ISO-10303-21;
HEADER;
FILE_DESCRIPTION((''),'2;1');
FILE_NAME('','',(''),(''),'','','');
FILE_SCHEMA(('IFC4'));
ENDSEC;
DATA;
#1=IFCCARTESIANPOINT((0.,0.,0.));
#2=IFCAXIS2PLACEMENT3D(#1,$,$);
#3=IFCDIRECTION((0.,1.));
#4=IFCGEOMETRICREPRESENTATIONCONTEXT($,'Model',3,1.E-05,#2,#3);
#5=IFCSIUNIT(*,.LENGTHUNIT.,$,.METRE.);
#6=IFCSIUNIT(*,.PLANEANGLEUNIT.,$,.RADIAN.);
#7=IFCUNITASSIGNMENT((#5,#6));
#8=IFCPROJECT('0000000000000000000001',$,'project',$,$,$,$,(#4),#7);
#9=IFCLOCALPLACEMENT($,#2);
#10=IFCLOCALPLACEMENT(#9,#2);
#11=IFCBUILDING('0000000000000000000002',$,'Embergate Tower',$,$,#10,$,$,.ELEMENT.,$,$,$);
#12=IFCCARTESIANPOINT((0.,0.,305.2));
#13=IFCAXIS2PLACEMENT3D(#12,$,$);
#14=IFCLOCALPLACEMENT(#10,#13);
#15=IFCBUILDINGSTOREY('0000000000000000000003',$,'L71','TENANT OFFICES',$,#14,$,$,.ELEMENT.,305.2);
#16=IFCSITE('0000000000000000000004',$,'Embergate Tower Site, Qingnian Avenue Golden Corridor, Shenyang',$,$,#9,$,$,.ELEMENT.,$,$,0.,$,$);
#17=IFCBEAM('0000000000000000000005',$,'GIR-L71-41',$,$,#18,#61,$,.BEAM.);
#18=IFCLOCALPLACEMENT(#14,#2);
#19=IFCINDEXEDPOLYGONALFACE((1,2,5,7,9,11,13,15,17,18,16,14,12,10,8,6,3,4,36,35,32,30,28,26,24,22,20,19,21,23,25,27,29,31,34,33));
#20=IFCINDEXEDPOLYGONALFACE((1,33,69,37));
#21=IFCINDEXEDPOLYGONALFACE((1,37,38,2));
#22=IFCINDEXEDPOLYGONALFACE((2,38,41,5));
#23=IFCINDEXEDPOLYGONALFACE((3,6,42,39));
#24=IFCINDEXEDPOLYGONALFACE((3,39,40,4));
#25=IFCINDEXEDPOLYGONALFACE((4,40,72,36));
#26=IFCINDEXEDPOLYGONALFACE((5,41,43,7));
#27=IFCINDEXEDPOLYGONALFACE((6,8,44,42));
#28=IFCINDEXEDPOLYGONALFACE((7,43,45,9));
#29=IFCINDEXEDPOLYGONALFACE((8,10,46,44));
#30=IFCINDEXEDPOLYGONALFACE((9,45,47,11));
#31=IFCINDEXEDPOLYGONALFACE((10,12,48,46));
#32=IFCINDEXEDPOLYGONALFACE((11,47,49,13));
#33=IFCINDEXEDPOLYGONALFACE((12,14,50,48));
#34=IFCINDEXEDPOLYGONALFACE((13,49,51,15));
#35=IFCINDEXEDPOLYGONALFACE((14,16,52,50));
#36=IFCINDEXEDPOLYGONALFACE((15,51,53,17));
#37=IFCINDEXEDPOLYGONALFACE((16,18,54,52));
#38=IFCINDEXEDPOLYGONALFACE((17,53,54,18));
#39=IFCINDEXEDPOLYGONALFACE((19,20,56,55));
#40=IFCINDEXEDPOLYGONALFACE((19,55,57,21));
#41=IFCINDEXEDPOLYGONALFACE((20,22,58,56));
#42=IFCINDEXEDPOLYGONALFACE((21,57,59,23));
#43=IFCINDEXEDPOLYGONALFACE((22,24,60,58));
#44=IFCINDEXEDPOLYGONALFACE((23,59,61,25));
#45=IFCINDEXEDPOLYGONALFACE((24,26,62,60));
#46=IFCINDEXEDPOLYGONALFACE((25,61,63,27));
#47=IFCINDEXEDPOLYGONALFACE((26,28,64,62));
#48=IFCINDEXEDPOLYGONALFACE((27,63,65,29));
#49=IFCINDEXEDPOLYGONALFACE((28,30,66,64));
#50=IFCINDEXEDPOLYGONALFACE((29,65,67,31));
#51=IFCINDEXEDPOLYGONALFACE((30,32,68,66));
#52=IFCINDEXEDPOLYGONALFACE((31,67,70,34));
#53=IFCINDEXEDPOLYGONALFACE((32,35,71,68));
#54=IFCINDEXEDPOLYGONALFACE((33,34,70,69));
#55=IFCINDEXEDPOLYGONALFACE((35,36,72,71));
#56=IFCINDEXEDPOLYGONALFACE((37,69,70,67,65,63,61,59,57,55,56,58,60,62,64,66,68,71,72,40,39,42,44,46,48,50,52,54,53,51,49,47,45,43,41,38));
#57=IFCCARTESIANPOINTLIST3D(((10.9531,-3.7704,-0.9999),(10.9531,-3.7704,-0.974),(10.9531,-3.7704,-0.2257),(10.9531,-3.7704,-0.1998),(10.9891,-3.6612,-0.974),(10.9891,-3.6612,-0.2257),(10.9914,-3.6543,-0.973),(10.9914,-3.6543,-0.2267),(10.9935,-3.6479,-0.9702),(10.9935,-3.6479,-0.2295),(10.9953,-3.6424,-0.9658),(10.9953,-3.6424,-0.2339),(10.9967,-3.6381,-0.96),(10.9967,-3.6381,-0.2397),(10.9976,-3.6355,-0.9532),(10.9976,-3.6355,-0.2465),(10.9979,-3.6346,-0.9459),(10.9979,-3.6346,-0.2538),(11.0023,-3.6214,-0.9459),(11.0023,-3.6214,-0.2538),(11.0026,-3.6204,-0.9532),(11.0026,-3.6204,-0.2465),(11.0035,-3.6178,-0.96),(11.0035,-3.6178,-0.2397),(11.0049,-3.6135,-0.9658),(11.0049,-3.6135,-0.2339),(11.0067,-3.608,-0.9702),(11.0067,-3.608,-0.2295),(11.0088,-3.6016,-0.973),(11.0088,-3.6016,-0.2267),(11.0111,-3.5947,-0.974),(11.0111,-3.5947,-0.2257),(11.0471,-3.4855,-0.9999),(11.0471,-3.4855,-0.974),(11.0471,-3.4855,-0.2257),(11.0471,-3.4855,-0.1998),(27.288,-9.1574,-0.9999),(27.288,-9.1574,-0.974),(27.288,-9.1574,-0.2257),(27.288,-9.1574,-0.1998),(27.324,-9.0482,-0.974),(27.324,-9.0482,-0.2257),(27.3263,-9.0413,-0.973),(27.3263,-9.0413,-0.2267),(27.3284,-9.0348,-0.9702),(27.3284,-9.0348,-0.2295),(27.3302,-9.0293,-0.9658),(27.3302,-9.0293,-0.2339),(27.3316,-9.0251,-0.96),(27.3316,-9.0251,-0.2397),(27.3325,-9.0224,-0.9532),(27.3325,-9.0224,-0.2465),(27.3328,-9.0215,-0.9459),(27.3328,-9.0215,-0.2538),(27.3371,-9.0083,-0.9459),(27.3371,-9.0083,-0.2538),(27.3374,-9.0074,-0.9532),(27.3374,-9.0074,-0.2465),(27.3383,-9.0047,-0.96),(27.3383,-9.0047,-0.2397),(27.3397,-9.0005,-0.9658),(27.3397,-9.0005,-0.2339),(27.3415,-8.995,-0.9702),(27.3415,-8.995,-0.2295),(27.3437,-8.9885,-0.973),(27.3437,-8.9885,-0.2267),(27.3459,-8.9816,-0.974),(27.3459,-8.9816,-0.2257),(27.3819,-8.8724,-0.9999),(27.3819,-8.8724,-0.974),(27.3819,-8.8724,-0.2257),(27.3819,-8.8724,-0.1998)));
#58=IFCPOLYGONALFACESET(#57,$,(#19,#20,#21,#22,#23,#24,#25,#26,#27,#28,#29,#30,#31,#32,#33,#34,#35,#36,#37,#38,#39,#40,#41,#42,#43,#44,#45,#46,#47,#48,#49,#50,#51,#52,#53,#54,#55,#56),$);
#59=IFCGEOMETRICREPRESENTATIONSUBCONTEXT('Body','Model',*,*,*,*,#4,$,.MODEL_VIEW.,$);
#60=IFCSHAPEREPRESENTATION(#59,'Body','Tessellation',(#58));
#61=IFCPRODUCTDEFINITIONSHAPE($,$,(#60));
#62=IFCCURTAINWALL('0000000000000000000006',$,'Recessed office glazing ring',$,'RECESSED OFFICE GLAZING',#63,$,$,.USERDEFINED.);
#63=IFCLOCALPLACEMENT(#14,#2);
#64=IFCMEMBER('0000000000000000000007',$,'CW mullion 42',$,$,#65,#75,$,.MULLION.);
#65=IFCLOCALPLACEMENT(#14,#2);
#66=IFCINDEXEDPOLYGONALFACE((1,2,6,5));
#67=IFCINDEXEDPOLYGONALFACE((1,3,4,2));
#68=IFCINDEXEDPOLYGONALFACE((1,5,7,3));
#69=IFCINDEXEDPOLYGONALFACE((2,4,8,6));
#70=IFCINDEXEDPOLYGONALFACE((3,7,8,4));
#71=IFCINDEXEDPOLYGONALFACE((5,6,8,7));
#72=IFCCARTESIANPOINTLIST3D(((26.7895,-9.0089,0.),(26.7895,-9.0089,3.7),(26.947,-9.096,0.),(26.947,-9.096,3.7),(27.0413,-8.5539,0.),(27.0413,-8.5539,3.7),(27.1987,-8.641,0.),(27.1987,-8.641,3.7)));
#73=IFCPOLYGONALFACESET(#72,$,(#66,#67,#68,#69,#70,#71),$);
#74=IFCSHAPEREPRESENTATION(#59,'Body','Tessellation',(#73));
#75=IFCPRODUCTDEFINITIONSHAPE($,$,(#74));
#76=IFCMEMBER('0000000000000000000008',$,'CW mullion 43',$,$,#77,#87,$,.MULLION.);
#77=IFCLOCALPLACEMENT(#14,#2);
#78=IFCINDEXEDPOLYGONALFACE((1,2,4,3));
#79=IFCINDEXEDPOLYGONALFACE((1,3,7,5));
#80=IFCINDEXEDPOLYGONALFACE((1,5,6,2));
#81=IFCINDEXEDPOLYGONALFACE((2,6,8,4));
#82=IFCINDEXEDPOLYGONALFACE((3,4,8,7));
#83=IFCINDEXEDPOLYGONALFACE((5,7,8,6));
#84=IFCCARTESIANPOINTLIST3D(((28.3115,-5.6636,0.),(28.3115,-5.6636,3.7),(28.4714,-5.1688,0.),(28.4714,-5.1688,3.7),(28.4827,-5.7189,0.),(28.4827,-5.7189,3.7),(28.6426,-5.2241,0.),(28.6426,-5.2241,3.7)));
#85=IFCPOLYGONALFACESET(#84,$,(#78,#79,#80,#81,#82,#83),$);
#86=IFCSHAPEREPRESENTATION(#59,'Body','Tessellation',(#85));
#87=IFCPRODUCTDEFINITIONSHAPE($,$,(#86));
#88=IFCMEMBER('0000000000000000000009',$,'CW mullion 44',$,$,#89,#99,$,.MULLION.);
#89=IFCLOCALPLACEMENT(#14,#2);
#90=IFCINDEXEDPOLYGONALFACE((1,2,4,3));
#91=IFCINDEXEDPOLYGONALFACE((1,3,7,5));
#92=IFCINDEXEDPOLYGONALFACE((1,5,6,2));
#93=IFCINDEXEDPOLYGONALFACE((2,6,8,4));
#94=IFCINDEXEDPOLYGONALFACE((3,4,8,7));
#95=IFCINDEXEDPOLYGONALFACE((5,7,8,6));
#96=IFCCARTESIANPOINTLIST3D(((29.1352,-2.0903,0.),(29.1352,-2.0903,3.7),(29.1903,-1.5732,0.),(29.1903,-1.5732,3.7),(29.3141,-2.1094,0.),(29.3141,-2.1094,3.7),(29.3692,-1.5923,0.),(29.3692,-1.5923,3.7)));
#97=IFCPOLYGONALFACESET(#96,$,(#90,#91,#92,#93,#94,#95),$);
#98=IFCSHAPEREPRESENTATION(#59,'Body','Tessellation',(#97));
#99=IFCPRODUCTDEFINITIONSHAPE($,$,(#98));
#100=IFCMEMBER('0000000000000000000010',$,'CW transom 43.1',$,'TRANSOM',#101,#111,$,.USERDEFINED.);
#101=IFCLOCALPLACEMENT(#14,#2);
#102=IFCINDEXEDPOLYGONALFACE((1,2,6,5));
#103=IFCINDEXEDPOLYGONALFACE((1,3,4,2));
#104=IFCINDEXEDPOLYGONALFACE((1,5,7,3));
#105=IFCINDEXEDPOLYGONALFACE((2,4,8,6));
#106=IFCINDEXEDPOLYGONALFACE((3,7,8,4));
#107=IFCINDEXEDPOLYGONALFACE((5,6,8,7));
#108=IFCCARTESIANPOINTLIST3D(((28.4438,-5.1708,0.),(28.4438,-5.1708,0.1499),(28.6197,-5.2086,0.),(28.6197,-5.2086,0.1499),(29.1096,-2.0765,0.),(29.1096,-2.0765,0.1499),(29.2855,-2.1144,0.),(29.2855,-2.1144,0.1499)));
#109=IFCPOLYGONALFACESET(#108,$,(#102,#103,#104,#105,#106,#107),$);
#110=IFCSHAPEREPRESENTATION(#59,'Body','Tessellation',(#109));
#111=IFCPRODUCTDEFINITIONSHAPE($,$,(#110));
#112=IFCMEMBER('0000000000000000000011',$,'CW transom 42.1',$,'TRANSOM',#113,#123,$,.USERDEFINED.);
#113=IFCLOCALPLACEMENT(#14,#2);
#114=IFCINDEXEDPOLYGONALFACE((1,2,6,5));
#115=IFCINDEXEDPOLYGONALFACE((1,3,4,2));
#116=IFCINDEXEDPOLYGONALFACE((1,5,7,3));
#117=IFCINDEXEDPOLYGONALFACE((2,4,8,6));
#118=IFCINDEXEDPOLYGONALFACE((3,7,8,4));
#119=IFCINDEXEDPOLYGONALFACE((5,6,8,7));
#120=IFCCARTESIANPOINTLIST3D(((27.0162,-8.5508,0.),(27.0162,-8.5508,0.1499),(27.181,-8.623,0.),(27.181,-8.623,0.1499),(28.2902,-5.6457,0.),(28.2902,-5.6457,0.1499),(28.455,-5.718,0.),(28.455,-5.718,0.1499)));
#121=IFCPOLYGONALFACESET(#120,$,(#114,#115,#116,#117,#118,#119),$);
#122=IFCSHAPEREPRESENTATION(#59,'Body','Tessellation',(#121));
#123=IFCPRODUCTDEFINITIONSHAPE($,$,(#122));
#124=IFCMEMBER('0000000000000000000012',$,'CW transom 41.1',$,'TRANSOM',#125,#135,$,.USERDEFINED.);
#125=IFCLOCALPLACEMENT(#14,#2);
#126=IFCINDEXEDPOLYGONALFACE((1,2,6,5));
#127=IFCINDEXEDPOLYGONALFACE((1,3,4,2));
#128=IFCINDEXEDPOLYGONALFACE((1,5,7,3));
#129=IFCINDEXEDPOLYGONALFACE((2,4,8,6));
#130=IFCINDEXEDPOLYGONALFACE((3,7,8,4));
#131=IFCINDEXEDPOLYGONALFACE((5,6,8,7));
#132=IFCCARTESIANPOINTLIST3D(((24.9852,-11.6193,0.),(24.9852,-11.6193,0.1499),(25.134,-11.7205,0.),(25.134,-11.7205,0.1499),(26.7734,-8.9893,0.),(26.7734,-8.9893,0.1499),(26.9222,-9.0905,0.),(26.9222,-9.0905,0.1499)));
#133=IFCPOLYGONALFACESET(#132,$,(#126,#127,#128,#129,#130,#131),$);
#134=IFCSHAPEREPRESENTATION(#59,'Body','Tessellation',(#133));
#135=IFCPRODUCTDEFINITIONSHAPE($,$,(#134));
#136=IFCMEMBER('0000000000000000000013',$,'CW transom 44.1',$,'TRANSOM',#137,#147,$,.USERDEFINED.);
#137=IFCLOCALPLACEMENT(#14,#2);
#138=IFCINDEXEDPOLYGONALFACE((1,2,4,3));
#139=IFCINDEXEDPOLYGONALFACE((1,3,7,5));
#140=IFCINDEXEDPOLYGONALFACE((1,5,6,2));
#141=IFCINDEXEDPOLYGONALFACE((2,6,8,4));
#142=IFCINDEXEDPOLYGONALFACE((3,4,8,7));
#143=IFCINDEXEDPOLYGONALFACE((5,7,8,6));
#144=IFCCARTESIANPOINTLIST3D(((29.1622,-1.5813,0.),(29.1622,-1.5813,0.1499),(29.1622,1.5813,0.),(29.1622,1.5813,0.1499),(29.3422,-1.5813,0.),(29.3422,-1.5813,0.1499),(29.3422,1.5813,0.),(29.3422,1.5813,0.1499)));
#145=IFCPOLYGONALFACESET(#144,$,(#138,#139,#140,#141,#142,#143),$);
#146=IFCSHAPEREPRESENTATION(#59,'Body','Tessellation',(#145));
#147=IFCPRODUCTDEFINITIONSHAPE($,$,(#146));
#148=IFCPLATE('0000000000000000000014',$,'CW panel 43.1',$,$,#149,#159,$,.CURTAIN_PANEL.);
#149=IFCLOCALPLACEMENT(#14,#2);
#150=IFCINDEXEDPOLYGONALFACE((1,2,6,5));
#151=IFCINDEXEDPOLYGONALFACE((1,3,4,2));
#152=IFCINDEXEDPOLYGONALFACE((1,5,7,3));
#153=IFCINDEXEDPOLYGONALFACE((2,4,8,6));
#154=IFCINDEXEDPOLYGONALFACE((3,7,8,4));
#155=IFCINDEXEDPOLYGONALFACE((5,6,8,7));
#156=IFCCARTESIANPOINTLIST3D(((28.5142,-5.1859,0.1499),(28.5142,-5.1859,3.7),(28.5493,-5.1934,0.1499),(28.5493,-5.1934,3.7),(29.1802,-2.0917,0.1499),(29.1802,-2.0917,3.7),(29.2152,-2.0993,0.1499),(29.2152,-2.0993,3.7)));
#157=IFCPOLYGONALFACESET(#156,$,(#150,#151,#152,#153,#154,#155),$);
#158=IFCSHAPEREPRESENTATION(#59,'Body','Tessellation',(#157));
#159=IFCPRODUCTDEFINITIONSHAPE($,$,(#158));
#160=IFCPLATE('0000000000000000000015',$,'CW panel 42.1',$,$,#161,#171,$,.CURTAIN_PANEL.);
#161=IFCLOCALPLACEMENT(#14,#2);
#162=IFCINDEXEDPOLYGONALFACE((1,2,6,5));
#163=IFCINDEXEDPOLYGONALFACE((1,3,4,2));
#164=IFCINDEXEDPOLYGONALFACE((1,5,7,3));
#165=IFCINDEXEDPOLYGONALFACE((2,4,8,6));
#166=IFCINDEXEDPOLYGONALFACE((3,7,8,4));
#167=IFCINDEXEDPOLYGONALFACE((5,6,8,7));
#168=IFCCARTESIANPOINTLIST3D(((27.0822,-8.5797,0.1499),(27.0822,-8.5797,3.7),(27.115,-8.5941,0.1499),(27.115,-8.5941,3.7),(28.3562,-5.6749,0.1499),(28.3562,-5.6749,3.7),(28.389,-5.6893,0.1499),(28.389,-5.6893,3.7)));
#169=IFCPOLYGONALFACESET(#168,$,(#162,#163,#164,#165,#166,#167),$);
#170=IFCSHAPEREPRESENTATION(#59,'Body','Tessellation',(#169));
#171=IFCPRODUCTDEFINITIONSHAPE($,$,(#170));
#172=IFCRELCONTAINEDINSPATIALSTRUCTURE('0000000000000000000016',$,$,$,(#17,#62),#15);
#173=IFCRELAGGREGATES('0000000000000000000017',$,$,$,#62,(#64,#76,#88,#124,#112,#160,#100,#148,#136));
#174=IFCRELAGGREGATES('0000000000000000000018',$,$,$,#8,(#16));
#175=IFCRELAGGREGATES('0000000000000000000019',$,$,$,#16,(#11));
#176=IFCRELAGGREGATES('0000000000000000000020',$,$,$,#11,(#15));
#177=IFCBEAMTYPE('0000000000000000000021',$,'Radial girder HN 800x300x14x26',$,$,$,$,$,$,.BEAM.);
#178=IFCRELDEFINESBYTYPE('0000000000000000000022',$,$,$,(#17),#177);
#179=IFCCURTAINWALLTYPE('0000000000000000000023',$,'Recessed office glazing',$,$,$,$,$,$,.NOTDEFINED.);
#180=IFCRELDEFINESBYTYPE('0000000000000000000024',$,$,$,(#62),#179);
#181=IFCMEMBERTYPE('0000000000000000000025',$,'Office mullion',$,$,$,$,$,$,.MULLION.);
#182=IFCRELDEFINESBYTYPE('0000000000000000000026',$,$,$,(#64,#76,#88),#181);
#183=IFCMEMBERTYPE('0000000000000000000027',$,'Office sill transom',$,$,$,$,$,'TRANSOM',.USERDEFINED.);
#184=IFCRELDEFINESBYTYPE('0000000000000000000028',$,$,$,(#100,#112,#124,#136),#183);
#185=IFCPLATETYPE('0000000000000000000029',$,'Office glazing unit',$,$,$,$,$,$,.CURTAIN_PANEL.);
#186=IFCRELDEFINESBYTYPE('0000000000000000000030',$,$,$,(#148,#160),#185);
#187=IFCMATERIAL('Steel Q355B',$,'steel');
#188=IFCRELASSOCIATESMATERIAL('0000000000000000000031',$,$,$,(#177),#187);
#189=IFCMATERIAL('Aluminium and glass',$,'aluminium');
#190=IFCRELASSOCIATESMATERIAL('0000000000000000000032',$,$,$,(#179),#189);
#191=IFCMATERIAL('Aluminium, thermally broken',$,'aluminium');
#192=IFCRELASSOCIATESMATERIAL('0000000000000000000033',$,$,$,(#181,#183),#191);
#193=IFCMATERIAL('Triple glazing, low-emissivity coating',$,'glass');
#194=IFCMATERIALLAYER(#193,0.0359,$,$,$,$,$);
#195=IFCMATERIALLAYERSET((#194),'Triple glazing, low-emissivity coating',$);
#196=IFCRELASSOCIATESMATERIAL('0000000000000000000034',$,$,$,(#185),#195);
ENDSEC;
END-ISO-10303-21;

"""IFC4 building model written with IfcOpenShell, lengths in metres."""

from ifc_helpers import new_model, si_unit, direction, frame, origin, origin_2d, place, context, subcontext, project, spatial, rectangle, i_section, extrude, source, transform, mapped, material, layer, layer_set, material_profile, profile_set, type_object, element, aggregate, save


model = new_model("IFC4")

# Units and contexts
model_context = context("Model", 3, precision=1e-05, world=origin(), true_north=direction((0.0, 1.0)))
body_context = subcontext(model_context, "Body", "Model", "MODEL_VIEW")
ifc_project = project(units=[si_unit("LENGTHUNIT", "METRE"), si_unit("PLANEANGLEUNIT", "RADIAN")], contexts=[model_context])

# Site, building, storey
site_placement = place(None, origin())
site = spatial("IfcSite", under=ifc_project, at=site_placement, Name="Embergate Tower Site, Qingnian Avenue Golden Corridor, Shenyang", CompositionType="ELEMENT", RefElevation=0.0)
building_placement = place(site_placement, origin())
building = spatial("IfcBuilding", under=site, at=building_placement, Name="Embergate Tower", CompositionType="ELEMENT")
storey_placement = place(building_placement, frame((0.0, 0.0, 305.2)))
storey = spatial("IfcBuildingStorey", under=building, at=storey_placement, Name="L71", Description="TENANT OFFICES", CompositionType="ELEMENT", Elevation=305.2)

# Beam
ifc_material_1 = material(Name="Steel Q355B", Category="steel")
ifc_material_profile_1 = material_profile(ifc_material_1, i_section(OverallWidth=0.3, OverallDepth=0.8, WebThickness=0.0139, FlangeThickness=0.0259, FilletRadius=0.0281, at=origin_2d()), Name="HN 800x300x14x26")
ifc_profile_set_1 = profile_set([ifc_material_profile_1], Name="Steel Q355 grade B")
beam_type_1 = type_object("IfcBeamType", Name="Radial girder HN 800x300x14x26", PredefinedType="BEAM", material=ifc_profile_set_1)
shared_shape_1 = source(origin(), body_context, "Body", "SweptSolid", [
    extrude(i_section(OverallWidth=0.3, OverallDepth=0.8, WebThickness=0.0139, FlangeThickness=0.0259, FilletRadius=0.0281, at=origin_2d()), origin(), (0.0, 0.0, 1.0), 17.2002),
])
beam_1_placement = place(storey_placement, frame((27.335, -9.0149, -0.5999), z_axis=(-0.94969, 0.31319, 0.0), x_axis=(-0.31319, -0.94969, 0.0)))
element("IfcBeam", 1, at=beam_1_placement, inside=storey, type_object=beam_type_1, Name="GIR-L71-41", PredefinedType="BEAM", context=body_context, shape_type="MappedRepresentation", body=[
    mapped(shared_shape_1, transform((0.0, 0.0, 0.0))),
])

# Curtain wall, members, plates
ifc_material_2 = material(Name="Aluminium and glass", Category="aluminium")
curtain_wall_type = type_object("IfcCurtainWallType", Name="Recessed office glazing", PredefinedType="NOTDEFINED", material=ifc_material_2)
curtain_wall_placement = place(storey_placement, origin())
curtain_wall = element("IfcCurtainWall", 2, at=curtain_wall_placement, inside=storey, type_object=curtain_wall_type, Name="Recessed office glazing ring", ObjectType="RECESSED OFFICE GLAZING", PredefinedType="USERDEFINED")
ifc_material_3 = material(Name="Aluminium, thermally broken", Category="aluminium")
ifc_material_profile_2 = material_profile(ifc_material_3, rectangle(XDim=0.1799, YDim=0.52, at=origin_2d()), Name="AL 520x180")
ifc_profile_set_2 = profile_set([ifc_material_profile_2], Name="Aluminium, thermally broken")
member_type_1 = type_object("IfcMemberType", Name="Office mullion", PredefinedType="MULLION", material=ifc_profile_set_2)
shared_shape_2 = source(origin(), body_context, "Body", "SweptSolid", [
    extrude(rectangle(XDim=0.1799, YDim=0.52, at=origin_2d()), origin(), (0.0, 0.0, 1.0), 3.7),
])
member_1_placement = place(storey_placement, frame((26.9941, -8.825, 0.0), z_axis=(0.0, 0.0, 1.0), x_axis=(-0.874993, 0.484135, 0.0)))
member_1 = element("IfcMember", 3, at=member_1_placement, type_object=member_type_1, Name="CW mullion 42", PredefinedType="MULLION", context=body_context, shape_type="MappedRepresentation", body=[
    mapped(shared_shape_2, transform((0.0, 0.0, 0.0))),
])
member_2_placement = place(storey_placement, frame((28.4771, -5.4438, 0.0), z_axis=(0.0, 0.0, 1.0), x_axis=(-0.951493, 0.307671, 0.0)))
member_2 = element("IfcMember", 4, at=member_2_placement, type_object=member_type_1, Name="CW mullion 43", PredefinedType="MULLION", context=body_context, shape_type="MappedRepresentation", body=[
    mapped(shared_shape_2, transform((0.0, 0.0, 0.0))),
])
member_3_placement = place(storey_placement, frame((29.2522, -1.8413, 0.0), z_axis=(0.0, 0.0, 1.0), x_axis=(-0.994384, 0.10583, 0.0)))
member_3 = element("IfcMember", 5, at=member_3_placement, type_object=member_type_1, Name="CW mullion 44", PredefinedType="MULLION", context=body_context, shape_type="MappedRepresentation", body=[
    mapped(shared_shape_2, transform((0.0, 0.0, 0.0))),
])
ifc_material_profile_3 = material_profile(ifc_material_3, rectangle(XDim=0.1799, YDim=0.1499, at=origin_2d()), Name="AL 150x180")
ifc_profile_set_3 = profile_set([ifc_material_profile_3], Name="Aluminium, thermally broken")
member_type_2 = type_object("IfcMemberType", Name="Office sill transom", ElementType="TRANSOM", PredefinedType="USERDEFINED", material=ifc_profile_set_3)
shared_shape_3 = source(origin(), body_context, "Body", "SweptSolid", [
    extrude(rectangle(XDim=0.1799, YDim=0.1499, at=origin_2d()), origin(), (0.0, 0.0, 1.0), 3.165),
])
member_4_placement = place(storey_placement, frame((28.5317, -5.1897, 0.075), z_axis=(0.210351, 0.977626, 0.0), x_axis=(-0.977626, 0.210351, 0.0)))
member_4 = element("IfcMember", 6, at=member_4_placement, type_object=member_type_2, Name="CW transom 43.1", ObjectType="TRANSOM", PredefinedType="USERDEFINED", context=body_context, shape_type="MappedRepresentation", body=[
    mapped(shared_shape_3, transform((0.0, 0.0, 0.0))),
])
shared_shape_4 = source(origin(), body_context, "Body", "SweptSolid", [
    extrude(rectangle(XDim=0.1799, YDim=0.1499, at=origin_2d()), origin(), (0.0, 0.0, 1.0), 3.1721),
])
member_5_placement = place(storey_placement, frame((27.0986, -8.5869, 0.075), z_axis=(0.401606, 0.915813, 0.0), x_axis=(-0.915813, 0.401606, 0.0)))
member_5 = element("IfcMember", 7, at=member_5_placement, type_object=member_type_2, Name="CW transom 42.1", ObjectType="TRANSOM", PredefinedType="USERDEFINED", context=body_context, shape_type="MappedRepresentation", body=[
    mapped(shared_shape_4, transform((0.0, 0.0, 0.0))),
])
shared_shape_5 = source(origin(), body_context, "Body", "SweptSolid", [
    extrude(rectangle(XDim=0.1799, YDim=0.1499, at=origin_2d()), origin(), (0.0, 0.0, 1.0), 3.1804),
])
member_6_placement = place(storey_placement, frame((25.0596, -11.6699, 0.075), z_axis=(0.562276, 0.826949, 0.0), x_axis=(-0.826949, 0.562276, 0.0)))
member_6 = element("IfcMember", 8, at=member_6_placement, type_object=member_type_2, Name="CW transom 41.1", ObjectType="TRANSOM", PredefinedType="USERDEFINED", context=body_context, shape_type="MappedRepresentation", body=[
    mapped(shared_shape_5, transform((0.0, 0.0, 0.0))),
])
shared_shape_6 = source(origin(), body_context, "Body", "SweptSolid", [
    extrude(rectangle(XDim=0.1799, YDim=0.1499, at=origin_2d()), origin(), (0.0, 0.0, 1.0), 3.1626),
])
member_7_placement = place(storey_placement, frame((29.2522, -1.5813, 0.075), z_axis=(0.0, 1.0, 0.0), x_axis=(-1.0, 0.0, 0.0)))
member_7 = element("IfcMember", 9, at=member_7_placement, type_object=member_type_2, Name="CW transom 44.1", ObjectType="TRANSOM", PredefinedType="USERDEFINED", context=body_context, shape_type="MappedRepresentation", body=[
    mapped(shared_shape_6, transform((0.0, 0.0, 0.0))),
])
ifc_material_4 = material(Name="Triple glazing, low-emissivity coating", Category="glass")
ifc_layer_1 = layer(ifc_material_4, 0.0359)
ifc_layer_set_1 = layer_set([ifc_layer_1], Name="Triple glazing, low-emissivity coating")
plate_type = type_object("IfcPlateType", Name="Office glazing unit", PredefinedType="CURTAIN_PANEL", material=ifc_layer_set_1)
shared_shape_7 = source(origin(), body_context, "Body", "SweptSolid", [
    extrude(rectangle(XDim=3.165, YDim=0.0359, at=origin_2d()), origin(), (0.0, 0.0, 1.0), 3.55),
])
plate_1_placement = place(storey_placement, frame((28.8647, -3.6426, 0.1499), z_axis=(0.0, 0.0, 1.0), x_axis=(0.210398, 0.977616, 0.0)))
plate_1 = element("IfcPlate", 10, at=plate_1_placement, type_object=plate_type, Name="CW panel 43.1", PredefinedType="CURTAIN_PANEL", context=body_context, shape_type="MappedRepresentation", body=[
    mapped(shared_shape_7, transform((0.0, 0.0, 0.0))),
])
shared_shape_8 = source(origin(), body_context, "Body", "SweptSolid", [
    extrude(rectangle(XDim=3.1719, YDim=0.0359, at=origin_2d()), origin(), (0.0, 0.0, 1.0), 3.55),
])
plate_2_placement = place(storey_placement, frame((27.7356, -7.1345, 0.1499), z_axis=(0.0, 0.0, 1.0), x_axis=(0.401652, 0.915792, 0.0)))
plate_2 = element("IfcPlate", 11, at=plate_2_placement, type_object=plate_type, Name="CW panel 42.1", PredefinedType="CURTAIN_PANEL", context=body_context, shape_type="MappedRepresentation", body=[
    mapped(shared_shape_8, transform((0.0, 0.0, 0.0))),
])
aggregate(curtain_wall, [member_1, member_2, member_3, member_6, member_5, plate_2, member_4, plate_1, member_7])

save(model, "model.ifc")
